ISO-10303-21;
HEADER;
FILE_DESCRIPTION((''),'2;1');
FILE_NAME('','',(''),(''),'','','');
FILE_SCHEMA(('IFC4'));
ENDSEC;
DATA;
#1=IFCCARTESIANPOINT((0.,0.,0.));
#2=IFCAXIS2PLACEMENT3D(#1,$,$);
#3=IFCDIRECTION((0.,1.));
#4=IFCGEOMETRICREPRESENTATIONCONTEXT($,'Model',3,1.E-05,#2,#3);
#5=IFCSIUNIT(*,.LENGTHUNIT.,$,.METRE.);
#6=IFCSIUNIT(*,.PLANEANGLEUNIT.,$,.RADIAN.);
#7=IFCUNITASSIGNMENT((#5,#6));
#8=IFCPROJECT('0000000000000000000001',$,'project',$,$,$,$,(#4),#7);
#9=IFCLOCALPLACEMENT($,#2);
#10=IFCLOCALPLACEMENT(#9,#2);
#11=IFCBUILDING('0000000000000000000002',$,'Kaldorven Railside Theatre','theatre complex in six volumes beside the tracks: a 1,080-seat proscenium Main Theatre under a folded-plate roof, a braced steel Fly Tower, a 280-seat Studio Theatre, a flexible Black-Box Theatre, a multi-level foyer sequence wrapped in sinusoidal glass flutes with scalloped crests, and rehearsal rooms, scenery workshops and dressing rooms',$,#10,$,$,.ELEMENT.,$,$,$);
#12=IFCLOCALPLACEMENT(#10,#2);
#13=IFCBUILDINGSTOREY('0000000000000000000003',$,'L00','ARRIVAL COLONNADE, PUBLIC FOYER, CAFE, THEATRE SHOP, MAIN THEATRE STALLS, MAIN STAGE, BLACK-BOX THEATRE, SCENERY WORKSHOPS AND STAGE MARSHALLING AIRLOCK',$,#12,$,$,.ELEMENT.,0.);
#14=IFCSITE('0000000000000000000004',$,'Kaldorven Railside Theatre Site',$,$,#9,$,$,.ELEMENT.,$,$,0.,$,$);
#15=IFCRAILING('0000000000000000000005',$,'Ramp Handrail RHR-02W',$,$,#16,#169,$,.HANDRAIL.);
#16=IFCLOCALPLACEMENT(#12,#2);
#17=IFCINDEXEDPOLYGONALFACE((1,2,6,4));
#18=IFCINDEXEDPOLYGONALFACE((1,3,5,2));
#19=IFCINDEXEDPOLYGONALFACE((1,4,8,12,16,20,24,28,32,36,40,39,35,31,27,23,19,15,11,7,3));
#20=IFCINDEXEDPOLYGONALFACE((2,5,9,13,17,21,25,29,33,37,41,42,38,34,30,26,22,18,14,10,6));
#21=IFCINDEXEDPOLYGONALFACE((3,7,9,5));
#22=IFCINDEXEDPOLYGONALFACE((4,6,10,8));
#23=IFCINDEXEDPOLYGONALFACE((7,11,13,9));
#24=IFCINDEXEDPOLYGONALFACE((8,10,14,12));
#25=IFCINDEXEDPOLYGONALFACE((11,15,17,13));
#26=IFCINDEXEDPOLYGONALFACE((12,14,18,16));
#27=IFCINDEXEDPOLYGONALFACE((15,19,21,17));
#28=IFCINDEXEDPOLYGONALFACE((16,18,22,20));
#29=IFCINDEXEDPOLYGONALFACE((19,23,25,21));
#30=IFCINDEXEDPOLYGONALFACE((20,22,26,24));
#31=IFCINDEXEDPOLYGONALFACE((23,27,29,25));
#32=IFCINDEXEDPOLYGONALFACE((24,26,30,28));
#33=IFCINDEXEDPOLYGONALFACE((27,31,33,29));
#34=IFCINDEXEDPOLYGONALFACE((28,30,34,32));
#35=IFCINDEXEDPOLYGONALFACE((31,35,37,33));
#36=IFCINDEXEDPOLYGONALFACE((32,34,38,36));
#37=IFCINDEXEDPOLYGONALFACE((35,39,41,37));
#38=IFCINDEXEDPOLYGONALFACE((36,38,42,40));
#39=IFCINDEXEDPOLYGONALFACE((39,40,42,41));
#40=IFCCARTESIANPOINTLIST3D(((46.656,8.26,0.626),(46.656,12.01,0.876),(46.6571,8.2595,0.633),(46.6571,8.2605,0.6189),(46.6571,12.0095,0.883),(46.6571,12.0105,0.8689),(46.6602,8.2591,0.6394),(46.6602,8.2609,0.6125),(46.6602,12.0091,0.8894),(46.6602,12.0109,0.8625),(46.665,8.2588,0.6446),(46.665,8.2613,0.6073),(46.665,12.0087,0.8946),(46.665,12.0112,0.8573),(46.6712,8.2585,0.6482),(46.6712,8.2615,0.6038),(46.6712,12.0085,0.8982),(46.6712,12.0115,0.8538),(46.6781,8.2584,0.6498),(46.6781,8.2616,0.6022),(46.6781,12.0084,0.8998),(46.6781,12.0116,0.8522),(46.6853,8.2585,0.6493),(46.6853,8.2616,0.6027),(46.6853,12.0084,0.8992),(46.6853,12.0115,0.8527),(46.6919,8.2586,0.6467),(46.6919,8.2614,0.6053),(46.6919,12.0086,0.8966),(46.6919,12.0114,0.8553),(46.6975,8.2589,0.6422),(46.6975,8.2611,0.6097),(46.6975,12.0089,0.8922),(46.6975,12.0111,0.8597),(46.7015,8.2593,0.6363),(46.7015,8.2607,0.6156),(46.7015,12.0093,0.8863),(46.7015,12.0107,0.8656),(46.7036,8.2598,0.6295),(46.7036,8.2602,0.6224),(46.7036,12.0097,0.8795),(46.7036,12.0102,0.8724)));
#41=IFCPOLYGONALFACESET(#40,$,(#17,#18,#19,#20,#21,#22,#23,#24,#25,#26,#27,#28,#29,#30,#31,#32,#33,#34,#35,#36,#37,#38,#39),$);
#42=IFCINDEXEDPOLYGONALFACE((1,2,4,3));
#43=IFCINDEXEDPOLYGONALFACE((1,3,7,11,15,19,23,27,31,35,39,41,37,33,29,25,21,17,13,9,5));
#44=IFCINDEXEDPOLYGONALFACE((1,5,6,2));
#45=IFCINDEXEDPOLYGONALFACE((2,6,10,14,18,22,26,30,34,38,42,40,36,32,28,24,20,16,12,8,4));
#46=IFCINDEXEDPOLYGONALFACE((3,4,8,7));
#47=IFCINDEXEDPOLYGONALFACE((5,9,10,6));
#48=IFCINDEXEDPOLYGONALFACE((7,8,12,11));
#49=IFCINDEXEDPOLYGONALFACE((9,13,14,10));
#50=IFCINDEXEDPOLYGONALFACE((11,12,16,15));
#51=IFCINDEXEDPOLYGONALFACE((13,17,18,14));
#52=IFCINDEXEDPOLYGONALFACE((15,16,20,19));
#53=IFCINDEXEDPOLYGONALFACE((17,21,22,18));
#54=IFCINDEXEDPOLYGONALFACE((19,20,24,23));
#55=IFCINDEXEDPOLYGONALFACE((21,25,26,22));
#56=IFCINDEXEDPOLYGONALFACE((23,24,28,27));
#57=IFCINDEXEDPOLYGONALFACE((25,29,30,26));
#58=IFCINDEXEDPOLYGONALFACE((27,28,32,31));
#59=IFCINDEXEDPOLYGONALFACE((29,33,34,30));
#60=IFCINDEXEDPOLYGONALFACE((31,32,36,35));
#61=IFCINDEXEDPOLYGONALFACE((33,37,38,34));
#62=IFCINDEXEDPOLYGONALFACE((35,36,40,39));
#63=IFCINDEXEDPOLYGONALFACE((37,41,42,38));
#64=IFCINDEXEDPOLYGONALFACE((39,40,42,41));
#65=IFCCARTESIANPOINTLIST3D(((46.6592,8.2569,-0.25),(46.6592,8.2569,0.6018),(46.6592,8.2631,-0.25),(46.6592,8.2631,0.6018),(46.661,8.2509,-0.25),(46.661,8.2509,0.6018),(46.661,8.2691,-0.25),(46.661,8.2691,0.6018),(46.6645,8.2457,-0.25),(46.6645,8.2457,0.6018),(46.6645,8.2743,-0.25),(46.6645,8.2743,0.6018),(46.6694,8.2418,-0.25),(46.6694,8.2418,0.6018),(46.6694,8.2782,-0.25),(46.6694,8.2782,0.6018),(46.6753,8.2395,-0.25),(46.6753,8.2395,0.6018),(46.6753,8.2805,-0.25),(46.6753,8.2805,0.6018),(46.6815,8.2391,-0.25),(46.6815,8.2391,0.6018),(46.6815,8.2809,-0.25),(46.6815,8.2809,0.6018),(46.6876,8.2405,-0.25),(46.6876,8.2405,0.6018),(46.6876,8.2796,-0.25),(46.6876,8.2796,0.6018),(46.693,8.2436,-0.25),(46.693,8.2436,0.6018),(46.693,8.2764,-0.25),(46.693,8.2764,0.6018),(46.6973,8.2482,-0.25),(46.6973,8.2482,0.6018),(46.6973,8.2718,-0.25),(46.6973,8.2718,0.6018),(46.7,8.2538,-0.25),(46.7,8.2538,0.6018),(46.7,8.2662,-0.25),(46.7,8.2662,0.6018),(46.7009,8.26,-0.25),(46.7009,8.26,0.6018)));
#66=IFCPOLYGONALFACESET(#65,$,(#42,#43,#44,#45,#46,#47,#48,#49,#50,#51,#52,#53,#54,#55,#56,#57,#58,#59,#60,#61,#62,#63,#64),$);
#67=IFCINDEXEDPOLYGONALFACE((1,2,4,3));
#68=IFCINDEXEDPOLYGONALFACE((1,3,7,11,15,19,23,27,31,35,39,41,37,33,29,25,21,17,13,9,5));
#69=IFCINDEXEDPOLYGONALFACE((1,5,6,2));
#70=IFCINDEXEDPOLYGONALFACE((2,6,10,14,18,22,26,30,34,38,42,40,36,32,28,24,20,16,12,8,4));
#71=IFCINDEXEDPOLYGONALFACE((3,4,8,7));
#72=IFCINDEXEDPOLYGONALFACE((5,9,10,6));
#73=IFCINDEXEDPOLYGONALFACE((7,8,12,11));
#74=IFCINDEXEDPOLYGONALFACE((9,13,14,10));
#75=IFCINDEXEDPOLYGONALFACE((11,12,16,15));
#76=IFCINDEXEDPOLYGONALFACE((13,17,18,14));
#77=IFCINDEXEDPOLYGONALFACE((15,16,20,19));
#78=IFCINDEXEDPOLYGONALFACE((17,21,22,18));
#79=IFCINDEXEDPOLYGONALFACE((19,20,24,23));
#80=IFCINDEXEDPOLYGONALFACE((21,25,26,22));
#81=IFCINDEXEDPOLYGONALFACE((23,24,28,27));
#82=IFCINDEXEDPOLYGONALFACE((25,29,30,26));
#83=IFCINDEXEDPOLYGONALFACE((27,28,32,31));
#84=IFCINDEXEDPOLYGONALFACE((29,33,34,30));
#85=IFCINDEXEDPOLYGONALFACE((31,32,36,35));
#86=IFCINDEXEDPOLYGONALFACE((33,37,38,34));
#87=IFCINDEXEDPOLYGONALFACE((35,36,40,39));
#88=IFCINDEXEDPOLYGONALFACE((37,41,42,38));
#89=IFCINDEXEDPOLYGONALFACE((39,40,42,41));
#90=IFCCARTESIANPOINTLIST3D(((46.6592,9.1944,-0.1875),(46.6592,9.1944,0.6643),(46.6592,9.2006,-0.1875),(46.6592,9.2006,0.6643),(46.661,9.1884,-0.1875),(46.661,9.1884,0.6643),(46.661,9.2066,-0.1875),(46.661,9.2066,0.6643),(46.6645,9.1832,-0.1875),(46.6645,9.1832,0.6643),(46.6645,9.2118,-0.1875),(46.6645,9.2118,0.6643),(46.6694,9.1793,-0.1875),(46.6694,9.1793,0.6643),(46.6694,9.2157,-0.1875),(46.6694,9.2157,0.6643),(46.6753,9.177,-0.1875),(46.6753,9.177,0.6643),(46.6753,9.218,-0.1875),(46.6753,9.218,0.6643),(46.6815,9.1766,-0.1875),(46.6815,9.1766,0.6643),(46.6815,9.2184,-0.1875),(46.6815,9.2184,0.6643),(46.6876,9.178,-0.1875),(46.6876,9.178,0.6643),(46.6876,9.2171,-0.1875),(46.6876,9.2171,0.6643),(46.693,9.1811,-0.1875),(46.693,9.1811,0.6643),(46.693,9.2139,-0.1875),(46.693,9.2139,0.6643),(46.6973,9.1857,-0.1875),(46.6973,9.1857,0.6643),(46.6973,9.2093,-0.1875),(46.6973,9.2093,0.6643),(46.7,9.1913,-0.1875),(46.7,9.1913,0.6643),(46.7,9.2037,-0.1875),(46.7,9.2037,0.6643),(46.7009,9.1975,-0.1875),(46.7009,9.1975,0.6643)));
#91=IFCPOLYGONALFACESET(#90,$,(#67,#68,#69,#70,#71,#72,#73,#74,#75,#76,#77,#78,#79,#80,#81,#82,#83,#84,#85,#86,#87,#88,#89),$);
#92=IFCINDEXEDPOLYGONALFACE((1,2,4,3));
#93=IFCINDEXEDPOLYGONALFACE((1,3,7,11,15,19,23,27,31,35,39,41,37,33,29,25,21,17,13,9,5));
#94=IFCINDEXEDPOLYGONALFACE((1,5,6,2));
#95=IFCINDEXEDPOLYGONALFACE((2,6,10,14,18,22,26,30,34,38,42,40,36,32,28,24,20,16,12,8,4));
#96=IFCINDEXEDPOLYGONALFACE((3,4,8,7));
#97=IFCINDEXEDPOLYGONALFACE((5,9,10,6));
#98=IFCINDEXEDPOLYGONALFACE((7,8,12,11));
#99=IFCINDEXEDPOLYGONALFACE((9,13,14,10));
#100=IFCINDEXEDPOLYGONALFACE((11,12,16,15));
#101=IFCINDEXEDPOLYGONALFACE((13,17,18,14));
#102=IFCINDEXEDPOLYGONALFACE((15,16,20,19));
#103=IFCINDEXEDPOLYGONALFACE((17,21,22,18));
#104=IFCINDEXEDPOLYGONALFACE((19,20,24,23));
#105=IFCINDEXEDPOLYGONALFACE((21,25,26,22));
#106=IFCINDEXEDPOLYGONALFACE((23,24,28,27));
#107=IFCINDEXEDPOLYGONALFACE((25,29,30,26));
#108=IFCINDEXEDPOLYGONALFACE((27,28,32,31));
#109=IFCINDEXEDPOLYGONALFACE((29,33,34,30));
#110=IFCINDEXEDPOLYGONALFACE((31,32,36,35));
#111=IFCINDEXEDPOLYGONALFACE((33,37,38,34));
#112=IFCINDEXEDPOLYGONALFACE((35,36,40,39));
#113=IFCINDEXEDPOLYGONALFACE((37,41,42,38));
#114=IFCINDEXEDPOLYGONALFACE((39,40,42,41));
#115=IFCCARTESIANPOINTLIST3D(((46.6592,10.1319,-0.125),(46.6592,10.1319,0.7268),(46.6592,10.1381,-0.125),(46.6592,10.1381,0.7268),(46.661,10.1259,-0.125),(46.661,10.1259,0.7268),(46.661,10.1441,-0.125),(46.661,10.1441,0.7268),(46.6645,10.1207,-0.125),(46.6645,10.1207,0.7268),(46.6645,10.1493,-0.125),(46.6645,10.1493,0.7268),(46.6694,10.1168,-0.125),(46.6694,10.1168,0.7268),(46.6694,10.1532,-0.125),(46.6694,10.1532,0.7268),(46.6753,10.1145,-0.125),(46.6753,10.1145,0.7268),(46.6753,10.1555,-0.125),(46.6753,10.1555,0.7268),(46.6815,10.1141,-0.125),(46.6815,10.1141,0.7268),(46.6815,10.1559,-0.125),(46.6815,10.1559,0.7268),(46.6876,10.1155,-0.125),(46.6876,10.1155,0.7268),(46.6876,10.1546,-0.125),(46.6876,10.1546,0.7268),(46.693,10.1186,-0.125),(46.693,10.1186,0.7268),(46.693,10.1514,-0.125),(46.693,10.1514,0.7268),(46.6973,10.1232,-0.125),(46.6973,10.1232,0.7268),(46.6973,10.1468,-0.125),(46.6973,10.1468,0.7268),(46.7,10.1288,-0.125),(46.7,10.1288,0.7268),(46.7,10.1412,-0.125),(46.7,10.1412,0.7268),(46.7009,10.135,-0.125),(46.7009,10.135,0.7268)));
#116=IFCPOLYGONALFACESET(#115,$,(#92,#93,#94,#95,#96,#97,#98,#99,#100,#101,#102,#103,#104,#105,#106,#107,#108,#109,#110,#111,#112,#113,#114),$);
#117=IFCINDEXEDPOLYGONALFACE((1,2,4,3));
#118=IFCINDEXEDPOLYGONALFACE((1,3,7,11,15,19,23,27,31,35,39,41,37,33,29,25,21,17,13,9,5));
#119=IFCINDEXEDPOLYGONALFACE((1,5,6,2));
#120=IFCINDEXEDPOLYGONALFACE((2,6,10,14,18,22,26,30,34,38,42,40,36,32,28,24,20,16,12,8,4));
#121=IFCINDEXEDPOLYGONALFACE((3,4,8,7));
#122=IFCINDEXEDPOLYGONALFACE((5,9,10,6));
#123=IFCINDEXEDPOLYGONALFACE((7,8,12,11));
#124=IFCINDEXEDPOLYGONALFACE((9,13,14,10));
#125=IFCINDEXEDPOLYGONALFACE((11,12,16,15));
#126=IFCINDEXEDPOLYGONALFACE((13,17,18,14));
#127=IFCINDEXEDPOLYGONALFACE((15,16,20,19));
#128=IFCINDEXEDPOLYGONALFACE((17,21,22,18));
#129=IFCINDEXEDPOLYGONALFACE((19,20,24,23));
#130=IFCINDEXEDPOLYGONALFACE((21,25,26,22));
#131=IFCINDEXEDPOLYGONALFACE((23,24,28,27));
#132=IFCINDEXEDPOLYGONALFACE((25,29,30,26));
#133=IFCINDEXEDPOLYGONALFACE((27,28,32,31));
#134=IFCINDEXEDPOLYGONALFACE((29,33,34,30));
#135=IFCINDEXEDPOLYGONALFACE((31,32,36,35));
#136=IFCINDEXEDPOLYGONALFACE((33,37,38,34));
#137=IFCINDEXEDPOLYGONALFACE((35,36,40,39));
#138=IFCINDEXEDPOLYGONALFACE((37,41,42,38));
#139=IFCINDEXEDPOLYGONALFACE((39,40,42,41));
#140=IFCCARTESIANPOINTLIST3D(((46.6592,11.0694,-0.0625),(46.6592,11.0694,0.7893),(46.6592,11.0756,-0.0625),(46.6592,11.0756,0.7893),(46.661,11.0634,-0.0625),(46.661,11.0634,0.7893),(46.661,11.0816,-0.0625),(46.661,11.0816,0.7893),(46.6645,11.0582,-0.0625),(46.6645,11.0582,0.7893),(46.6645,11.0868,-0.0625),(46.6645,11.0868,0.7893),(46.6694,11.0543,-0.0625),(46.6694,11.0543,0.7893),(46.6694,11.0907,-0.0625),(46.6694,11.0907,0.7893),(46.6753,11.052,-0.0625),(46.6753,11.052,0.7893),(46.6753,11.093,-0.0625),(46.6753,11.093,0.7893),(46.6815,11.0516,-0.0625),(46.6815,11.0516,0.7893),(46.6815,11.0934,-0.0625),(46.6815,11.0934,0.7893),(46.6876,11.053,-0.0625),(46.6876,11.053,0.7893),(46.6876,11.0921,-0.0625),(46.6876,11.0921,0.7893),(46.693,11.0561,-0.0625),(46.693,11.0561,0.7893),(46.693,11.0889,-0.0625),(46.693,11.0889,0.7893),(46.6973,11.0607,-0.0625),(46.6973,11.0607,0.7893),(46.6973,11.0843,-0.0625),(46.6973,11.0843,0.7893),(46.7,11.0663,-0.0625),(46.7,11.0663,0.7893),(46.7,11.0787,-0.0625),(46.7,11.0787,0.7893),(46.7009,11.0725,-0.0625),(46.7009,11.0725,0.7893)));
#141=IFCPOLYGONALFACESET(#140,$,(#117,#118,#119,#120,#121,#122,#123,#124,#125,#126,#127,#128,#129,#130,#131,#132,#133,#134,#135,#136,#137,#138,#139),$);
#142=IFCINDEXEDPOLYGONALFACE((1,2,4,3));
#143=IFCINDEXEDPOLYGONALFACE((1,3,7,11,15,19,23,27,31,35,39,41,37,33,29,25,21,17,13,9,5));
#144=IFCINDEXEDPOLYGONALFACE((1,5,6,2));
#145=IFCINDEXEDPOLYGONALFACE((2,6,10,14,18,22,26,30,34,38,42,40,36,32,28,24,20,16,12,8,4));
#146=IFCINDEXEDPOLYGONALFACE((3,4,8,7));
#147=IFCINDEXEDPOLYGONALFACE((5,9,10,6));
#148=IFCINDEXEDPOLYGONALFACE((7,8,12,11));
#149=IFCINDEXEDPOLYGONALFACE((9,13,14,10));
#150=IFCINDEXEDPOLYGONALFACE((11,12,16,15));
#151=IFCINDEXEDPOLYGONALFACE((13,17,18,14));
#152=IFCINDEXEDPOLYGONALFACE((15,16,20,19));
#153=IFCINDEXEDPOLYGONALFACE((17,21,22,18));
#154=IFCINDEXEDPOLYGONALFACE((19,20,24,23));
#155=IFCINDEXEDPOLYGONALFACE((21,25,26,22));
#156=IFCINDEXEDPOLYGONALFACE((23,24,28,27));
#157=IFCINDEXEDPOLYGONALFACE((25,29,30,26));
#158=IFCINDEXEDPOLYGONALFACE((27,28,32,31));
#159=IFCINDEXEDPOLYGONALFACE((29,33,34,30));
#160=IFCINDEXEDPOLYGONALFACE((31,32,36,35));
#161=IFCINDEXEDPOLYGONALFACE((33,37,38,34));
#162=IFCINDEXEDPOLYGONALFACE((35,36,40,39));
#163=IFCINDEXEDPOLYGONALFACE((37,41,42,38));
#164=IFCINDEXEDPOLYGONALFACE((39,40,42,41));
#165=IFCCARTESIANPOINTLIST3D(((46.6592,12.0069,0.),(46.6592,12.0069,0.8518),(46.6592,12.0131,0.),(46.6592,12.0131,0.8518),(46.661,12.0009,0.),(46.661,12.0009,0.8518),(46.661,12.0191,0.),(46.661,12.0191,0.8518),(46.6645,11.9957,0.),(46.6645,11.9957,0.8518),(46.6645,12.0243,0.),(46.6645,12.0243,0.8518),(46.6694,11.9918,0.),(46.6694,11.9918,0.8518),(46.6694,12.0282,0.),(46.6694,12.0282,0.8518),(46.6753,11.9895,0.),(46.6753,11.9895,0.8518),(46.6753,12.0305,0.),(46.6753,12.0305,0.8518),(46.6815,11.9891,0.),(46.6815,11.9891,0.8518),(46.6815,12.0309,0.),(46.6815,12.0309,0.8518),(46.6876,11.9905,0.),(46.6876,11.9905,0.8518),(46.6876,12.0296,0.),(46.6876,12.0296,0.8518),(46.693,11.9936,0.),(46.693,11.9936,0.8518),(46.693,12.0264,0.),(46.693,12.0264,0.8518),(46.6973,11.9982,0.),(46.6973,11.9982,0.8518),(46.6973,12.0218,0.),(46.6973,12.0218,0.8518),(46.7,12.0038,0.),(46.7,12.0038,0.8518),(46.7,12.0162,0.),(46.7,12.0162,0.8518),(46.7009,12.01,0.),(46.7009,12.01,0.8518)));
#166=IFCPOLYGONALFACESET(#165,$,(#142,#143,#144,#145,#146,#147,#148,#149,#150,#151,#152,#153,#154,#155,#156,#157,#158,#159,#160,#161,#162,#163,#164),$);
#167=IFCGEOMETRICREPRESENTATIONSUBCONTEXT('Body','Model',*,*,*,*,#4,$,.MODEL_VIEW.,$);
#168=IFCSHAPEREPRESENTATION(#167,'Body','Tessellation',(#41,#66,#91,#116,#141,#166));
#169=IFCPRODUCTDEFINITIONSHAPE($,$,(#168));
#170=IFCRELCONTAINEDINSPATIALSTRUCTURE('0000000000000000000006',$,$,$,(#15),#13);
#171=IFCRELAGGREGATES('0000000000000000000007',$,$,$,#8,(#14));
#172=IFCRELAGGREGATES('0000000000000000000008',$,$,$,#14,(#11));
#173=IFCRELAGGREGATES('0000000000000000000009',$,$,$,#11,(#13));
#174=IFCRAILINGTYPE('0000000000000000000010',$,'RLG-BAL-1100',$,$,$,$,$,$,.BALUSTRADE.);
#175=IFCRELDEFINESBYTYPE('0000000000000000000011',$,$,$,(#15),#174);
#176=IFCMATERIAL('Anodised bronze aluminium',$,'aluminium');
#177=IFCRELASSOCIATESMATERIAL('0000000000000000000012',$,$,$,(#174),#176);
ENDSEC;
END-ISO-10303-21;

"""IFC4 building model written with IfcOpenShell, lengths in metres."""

from ifc_helpers import new_model, si_unit, direction, frame, origin, origin_2d, place, context, subcontext, project, spatial, circle, extrude, material, type_object, element, save


model = new_model("IFC4")

# Units and contexts
model_context = context("Model", 3, precision=1e-05, world=origin(), true_north=direction((0.0, 1.0)))
body_context = subcontext(model_context, "Body", "Model", "MODEL_VIEW")
ifc_project = project(units=[si_unit("LENGTHUNIT", "METRE"), si_unit("PLANEANGLEUNIT", "RADIAN")], contexts=[model_context])

# Site, building, storey
site_placement = place(None, origin())
site = spatial("IfcSite", under=ifc_project, at=site_placement, Name="Kaldorven Railside Theatre Site", CompositionType="ELEMENT", RefElevation=0.0)
building_placement = place(site_placement, origin())
building = spatial("IfcBuilding", under=site, at=building_placement, Name="Kaldorven Railside Theatre", Description="theatre complex in six volumes beside the tracks: a 1,080-seat proscenium Main Theatre under a folded-plate roof, a braced steel Fly Tower, a 280-seat Studio Theatre, a flexible Black-Box Theatre, a multi-level foyer sequence wrapped in sinusoidal glass flutes with scalloped crests, and rehearsal rooms, scenery workshops and dressing rooms", CompositionType="ELEMENT")
storey_placement = place(building_placement, origin())
storey = spatial("IfcBuildingStorey", under=building, at=storey_placement, Name="L00", Description="ARRIVAL COLONNADE, PUBLIC FOYER, CAFE, THEATRE SHOP, MAIN THEATRE STALLS, MAIN STAGE, BLACK-BOX THEATRE, SCENERY WORKSHOPS AND STAGE MARSHALLING AIRLOCK", CompositionType="ELEMENT", Elevation=0.0)

# Railing
ifc_material_1 = material(Name="Anodised bronze aluminium", Category="aluminium")
railing_type = type_object("IfcRailingType", Name="RLG-BAL-1100", PredefinedType="BALUSTRADE", material=ifc_material_1)
for number, where, name in (
    (1, (46.6799, 8.26, -0.25), "Ramp Handrail RHR-02W"),
):
    element("IfcRailing", number, at=place(storey_placement, frame(where)), inside=storey, type_object=railing_type, Name=name, PredefinedType="HANDRAIL", context=body_context, shape_type="SweptSolid", body=[
        extrude(circle(Radius=0.0239, at=origin_2d()), frame((0.0, 0.0, 0.876), z_axis=(0.0, 0.997785, 0.066519), x_axis=(-1.0, 0.0, 0.0)), (0.0, 0.0, 1.0), 3.7583),
        extrude(circle(Radius=0.021, at=origin_2d()), origin(), (0.0, 0.0, 1.0), 0.8518),
        extrude(circle(Radius=0.021, at=origin_2d()), frame((0.0, 0.9375, 0.0625)), (0.0, 0.0, 1.0), 0.8518),
        extrude(circle(Radius=0.021, at=origin_2d()), frame((0.0, 1.875, 0.125)), (0.0, 0.0, 1.0), 0.8518),
        extrude(circle(Radius=0.021, at=origin_2d()), frame((0.0, 2.8125, 0.1875)), (0.0, 0.0, 1.0), 0.8518),
        extrude(circle(Radius=0.021, at=origin_2d()), frame((0.0, 3.75, 0.25)), (0.0, 0.0, 1.0), 0.8518),
    ])

save(model, "model.ifc")
